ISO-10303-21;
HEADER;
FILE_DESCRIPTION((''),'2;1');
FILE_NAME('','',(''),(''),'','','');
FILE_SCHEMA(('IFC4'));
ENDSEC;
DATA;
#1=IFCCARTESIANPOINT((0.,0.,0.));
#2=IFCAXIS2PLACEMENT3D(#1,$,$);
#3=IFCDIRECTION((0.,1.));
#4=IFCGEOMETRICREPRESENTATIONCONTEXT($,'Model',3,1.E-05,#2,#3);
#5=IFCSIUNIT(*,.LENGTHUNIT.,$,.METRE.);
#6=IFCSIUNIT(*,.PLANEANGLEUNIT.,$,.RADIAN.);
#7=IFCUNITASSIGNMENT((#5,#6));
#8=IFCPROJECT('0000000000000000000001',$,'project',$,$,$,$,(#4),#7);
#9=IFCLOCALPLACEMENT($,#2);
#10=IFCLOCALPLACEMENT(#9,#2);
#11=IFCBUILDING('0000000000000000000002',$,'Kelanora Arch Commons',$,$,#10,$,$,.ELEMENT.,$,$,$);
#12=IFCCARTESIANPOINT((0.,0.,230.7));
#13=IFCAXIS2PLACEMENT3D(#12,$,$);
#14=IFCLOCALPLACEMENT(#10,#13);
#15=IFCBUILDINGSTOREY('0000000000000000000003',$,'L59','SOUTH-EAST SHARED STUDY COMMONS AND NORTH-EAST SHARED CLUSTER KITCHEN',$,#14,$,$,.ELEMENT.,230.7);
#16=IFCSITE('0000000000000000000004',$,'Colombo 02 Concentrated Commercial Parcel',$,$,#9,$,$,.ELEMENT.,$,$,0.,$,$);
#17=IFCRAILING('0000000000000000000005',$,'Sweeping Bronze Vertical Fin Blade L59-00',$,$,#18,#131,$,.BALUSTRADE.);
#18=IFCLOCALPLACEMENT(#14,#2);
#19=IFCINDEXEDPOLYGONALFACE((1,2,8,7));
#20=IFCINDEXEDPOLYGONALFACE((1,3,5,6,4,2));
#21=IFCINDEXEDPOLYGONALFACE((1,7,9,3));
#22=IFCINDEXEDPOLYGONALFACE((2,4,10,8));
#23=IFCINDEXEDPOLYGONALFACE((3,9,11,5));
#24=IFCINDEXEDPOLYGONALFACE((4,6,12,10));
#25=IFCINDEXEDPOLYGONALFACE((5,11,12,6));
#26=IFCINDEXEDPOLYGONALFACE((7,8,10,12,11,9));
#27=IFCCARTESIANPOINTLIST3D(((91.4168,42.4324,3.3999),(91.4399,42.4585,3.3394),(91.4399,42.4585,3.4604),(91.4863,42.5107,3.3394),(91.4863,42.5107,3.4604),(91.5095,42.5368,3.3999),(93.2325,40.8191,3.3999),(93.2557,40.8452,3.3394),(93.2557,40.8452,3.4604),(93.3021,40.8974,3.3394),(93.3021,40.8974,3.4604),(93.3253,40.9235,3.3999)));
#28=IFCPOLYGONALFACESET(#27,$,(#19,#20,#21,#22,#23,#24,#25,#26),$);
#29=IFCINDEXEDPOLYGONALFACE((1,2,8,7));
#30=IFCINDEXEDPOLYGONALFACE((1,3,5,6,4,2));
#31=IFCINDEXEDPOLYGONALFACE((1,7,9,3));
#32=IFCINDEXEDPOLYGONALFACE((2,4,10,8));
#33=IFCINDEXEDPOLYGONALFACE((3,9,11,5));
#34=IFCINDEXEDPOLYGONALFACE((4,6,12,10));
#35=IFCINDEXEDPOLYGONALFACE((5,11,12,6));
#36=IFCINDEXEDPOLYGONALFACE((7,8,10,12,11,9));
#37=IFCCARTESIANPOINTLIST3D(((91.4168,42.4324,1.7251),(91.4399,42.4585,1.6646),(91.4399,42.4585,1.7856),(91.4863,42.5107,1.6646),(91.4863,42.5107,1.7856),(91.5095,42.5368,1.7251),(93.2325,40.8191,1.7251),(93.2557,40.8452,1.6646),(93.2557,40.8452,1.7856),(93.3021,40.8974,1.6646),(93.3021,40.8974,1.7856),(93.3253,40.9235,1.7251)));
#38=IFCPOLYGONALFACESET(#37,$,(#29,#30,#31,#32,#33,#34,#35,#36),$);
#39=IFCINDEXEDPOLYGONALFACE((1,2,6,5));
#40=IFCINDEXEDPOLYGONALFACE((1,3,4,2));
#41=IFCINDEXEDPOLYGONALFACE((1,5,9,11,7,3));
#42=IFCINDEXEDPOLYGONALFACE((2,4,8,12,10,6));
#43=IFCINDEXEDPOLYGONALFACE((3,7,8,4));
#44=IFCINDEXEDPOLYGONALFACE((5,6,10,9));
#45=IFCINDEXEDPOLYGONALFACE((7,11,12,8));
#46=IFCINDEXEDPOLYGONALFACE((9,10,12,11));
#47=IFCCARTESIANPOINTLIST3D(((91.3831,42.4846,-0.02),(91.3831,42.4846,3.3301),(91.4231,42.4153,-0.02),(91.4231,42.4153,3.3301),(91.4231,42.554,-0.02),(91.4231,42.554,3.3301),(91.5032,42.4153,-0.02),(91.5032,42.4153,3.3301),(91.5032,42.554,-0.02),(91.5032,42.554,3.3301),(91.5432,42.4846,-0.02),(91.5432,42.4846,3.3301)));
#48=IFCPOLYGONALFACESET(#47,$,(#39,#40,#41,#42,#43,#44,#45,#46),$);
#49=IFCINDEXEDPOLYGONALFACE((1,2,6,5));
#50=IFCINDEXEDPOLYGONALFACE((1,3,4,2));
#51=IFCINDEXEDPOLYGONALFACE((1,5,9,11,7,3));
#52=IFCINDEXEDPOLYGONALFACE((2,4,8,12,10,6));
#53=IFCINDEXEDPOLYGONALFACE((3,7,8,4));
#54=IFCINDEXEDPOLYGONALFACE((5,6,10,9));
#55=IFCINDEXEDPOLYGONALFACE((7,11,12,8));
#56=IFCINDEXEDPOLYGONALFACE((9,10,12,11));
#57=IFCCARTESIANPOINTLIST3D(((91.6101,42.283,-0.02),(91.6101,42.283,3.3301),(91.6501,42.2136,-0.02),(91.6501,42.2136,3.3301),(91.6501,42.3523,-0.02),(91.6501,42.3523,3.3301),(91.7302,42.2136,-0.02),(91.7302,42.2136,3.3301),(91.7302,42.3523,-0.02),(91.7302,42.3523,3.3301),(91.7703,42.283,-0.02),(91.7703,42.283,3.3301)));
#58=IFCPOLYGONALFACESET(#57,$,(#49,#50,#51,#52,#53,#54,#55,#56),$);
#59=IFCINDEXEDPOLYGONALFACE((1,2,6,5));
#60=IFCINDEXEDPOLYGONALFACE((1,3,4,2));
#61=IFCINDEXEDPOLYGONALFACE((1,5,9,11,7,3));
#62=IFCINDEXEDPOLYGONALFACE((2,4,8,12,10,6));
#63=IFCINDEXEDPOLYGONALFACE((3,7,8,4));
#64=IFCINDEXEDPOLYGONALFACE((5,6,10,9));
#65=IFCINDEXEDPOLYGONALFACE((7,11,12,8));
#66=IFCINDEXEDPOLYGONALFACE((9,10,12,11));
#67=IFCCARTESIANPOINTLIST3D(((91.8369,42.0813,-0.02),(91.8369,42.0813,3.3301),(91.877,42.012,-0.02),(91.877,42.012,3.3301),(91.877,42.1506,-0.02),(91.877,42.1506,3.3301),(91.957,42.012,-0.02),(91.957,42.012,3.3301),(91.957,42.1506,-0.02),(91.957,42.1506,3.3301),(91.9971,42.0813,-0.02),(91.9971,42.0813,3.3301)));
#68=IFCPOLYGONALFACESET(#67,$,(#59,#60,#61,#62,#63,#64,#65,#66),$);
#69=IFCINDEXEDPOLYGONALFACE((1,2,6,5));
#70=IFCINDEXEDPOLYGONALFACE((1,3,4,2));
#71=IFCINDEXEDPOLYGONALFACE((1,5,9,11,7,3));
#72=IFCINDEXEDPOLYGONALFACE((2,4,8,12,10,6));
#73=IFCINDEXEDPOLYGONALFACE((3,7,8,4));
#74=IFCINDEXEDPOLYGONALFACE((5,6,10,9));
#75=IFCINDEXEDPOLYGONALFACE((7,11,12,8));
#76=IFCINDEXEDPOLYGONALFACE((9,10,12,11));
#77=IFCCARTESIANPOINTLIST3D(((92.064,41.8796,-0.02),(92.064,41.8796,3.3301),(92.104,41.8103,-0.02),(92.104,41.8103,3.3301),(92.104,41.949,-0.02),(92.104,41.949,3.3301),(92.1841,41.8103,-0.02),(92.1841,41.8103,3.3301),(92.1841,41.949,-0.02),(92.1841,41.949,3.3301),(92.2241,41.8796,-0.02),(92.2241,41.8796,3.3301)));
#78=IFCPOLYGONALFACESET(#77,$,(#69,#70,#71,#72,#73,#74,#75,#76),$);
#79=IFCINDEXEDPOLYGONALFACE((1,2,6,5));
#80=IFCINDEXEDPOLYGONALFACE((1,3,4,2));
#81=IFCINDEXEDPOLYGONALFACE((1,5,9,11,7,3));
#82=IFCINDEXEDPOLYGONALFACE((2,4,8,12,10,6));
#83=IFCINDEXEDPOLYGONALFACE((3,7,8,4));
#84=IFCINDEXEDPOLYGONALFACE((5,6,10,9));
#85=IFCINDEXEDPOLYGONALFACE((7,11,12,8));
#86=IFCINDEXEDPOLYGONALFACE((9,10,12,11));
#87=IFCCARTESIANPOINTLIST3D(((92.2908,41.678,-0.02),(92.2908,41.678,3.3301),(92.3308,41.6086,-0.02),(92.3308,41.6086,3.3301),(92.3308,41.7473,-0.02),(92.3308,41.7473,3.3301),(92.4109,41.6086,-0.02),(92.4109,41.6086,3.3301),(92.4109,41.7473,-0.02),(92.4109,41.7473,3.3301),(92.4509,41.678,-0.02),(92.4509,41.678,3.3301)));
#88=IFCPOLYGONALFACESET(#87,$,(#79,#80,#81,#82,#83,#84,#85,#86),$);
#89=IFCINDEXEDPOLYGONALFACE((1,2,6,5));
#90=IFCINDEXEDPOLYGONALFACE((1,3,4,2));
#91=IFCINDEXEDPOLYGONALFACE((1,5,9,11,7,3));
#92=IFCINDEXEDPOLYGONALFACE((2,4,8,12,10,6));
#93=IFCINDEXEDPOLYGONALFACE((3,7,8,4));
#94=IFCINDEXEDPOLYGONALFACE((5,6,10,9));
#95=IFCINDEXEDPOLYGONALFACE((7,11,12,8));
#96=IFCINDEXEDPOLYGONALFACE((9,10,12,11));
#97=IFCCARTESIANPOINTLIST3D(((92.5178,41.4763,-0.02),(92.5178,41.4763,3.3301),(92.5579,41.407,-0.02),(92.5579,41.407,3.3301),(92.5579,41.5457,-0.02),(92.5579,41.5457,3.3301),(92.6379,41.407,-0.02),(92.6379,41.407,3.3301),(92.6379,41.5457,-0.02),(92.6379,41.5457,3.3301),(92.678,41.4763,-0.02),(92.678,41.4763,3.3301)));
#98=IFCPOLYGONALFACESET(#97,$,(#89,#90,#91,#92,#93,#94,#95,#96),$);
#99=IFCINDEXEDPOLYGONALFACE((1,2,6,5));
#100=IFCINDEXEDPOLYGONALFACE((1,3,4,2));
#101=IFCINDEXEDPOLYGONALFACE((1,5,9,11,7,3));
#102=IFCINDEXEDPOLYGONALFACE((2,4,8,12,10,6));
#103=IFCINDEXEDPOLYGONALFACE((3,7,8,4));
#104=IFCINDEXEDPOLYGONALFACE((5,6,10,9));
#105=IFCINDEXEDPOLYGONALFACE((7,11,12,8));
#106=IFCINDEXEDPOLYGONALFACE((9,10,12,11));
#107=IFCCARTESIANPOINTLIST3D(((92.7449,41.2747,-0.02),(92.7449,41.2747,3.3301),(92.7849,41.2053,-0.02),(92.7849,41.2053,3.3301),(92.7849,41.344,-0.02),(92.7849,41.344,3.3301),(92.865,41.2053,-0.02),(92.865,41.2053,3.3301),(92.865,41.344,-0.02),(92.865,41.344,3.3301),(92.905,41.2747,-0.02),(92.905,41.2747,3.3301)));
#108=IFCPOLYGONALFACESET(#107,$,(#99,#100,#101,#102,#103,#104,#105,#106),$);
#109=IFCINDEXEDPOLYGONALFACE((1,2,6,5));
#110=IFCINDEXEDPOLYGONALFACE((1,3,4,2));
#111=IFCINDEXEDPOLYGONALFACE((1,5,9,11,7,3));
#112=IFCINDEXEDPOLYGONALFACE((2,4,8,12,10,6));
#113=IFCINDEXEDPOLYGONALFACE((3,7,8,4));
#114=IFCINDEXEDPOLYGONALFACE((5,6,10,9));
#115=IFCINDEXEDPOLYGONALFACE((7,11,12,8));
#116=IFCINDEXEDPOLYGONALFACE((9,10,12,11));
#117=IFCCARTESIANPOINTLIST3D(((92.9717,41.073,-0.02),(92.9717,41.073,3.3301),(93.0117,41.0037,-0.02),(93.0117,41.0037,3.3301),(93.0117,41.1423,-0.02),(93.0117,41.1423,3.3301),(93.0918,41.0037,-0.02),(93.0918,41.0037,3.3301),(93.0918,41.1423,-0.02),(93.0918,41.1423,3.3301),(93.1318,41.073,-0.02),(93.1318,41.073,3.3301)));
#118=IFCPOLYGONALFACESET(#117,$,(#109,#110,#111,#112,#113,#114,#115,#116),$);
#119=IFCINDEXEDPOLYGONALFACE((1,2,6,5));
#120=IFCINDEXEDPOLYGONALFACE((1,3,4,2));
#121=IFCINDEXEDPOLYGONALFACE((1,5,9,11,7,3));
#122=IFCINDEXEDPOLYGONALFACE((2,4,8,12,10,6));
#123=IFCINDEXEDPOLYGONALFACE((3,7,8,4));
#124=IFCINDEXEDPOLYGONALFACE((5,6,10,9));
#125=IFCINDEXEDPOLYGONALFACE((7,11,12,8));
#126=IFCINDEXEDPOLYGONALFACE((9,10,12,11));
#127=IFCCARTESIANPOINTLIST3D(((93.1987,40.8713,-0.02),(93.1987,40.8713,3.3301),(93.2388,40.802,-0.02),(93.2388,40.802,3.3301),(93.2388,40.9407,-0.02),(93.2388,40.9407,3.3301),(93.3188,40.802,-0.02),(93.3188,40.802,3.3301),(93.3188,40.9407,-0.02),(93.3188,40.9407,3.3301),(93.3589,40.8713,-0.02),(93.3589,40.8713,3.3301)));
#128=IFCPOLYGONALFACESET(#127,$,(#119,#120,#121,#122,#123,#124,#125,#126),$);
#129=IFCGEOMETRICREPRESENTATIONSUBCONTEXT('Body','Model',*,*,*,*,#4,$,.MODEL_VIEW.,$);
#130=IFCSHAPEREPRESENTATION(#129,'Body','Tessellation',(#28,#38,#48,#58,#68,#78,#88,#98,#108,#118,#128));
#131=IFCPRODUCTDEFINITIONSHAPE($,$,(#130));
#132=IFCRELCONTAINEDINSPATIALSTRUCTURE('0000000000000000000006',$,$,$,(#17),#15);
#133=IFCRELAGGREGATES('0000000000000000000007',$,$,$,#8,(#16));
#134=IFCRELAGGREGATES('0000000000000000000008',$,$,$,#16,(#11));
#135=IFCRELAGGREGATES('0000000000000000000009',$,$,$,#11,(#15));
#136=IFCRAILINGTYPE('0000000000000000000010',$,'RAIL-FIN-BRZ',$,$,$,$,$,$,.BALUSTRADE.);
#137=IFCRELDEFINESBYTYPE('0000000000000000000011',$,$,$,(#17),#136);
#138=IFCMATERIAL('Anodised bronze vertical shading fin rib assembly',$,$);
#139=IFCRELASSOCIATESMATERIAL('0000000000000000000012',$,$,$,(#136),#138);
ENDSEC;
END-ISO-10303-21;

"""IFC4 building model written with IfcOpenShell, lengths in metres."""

from ifc_helpers import new_model, si_unit, direction, frame, origin, place, context, subcontext, project, spatial, polyline, outline, extrude, material, type_object, element, save


model = new_model("IFC4")

# Units and contexts
model_context = context("Model", 3, precision=1e-05, world=origin(), true_north=direction((0.0, 1.0)))
body_context = subcontext(model_context, "Body", "Model", "MODEL_VIEW")
ifc_project = project(units=[si_unit("LENGTHUNIT", "METRE"), si_unit("PLANEANGLEUNIT", "RADIAN")], contexts=[model_context])

# Site, building, storey
site_placement = place(None, origin())
site = spatial("IfcSite", under=ifc_project, at=site_placement, Name="Colombo 02 Concentrated Commercial Parcel", CompositionType="ELEMENT", RefElevation=0.0)
building_placement = place(site_placement, origin())
building = spatial("IfcBuilding", under=site, at=building_placement, Name="Kelanora Arch Commons", CompositionType="ELEMENT")
storey_placement = place(building_placement, frame((0.0, 0.0, 230.7)))
storey = spatial("IfcBuildingStorey", under=building, at=storey_placement, Name="L59", Description="SOUTH-EAST SHARED STUDY COMMONS AND NORTH-EAST SHARED CLUSTER KITCHEN", CompositionType="ELEMENT", Elevation=230.7)

# Railing
ifc_material_1 = material(Name="Anodised bronze vertical shading fin rib assembly")
railing_type = type_object("IfcRailingType", Name="RAIL-FIN-BRZ", PredefinedType="BALUSTRADE", material=ifc_material_1)
railing_1_placement = place(storey_placement, frame((91.4631, 42.4846, -0.02)))
element("IfcRailing", 1, at=railing_1_placement, inside=storey, type_object=railing_type, Name="Sweeping Bronze Vertical Fin Blade L59-00", PredefinedType="BALUSTRADE", context=body_context, shape_type="SweptSolid", body=[
    extrude(outline(polyline([(0.0698, 0.0), (0.0349, 0.0605), (-0.0349, 0.0605), (-0.0698, 0.0), (-0.0349, -0.0605), (0.0349, -0.0605), (0.0698, 0.0)])), frame((0.0, 0.0, 3.4199), z_axis=(0.747542, -0.664214, 0.0), x_axis=(0.664214, 0.747542, 0.0)), (0.0, 0.0, 1.0), 2.429),
    extrude(outline(polyline([(0.0698, 0.0), (0.0349, 0.0605), (-0.0349, 0.0605), (-0.0698, 0.0), (-0.0349, -0.0605), (0.0349, -0.0605), (0.0698, 0.0)])), frame((0.0, 0.0, 1.7451), z_axis=(0.747542, -0.664214, 0.0), x_axis=(0.664214, 0.747542, 0.0)), (0.0, 0.0, 1.0), 2.429),
    extrude(outline(polyline([(0.0801, 0.0), (0.04, 0.0693), (-0.04, 0.0693), (-0.0801, 0.0), (-0.04, -0.0693), (0.04, -0.0693), (0.0801, 0.0)])), origin(), (0.0, 0.0, 1.0), 3.3501),
    extrude(outline(polyline([(0.0801, 0.0), (0.04, 0.0693), (-0.04, 0.0693), (-0.0801, 0.0), (-0.04, -0.0693), (0.04, -0.0693), (0.0801, 0.0)])), frame((0.2271, -0.2017, 0.0)), (0.0, 0.0, 1.0), 3.3501),
    extrude(outline(polyline([(0.0801, 0.0), (0.04, 0.0693), (-0.04, 0.0693), (-0.0801, 0.0), (-0.04, -0.0693), (0.04, -0.0693), (0.0801, 0.0)])), frame((0.4539, -0.4033, 0.0)), (0.0, 0.0, 1.0), 3.3501),
    extrude(outline(polyline([(0.0801, 0.0), (0.04, 0.0693), (-0.04, 0.0693), (-0.0801, 0.0), (-0.04, -0.0693), (0.04, -0.0693), (0.0801, 0.0)])), frame((0.6809, -0.605, 0.0)), (0.0, 0.0, 1.0), 3.3501),
    extrude(outline(polyline([(0.0801, 0.0), (0.04, 0.0693), (-0.04, 0.0693), (-0.0801, 0.0), (-0.04, -0.0693), (0.04, -0.0693), (0.0801, 0.0)])), frame((0.9077, -0.8066, 0.0)), (0.0, 0.0, 1.0), 3.3501),
    extrude(outline(polyline([(0.0801, 0.0), (0.04, 0.0693), (-0.04, 0.0693), (-0.0801, 0.0), (-0.04, -0.0693), (0.04, -0.0693), (0.0801, 0.0)])), frame((1.1348, -1.0083, 0.0)), (0.0, 0.0, 1.0), 3.3501),
    extrude(outline(polyline([(0.0801, 0.0), (0.04, 0.0693), (-0.04, 0.0693), (-0.0801, 0.0), (-0.04, -0.0693), (0.04, -0.0693), (0.0801, 0.0)])), frame((1.3618, -1.21, 0.0)), (0.0, 0.0, 1.0), 3.3501),
    extrude(outline(polyline([(0.0801, 0.0), (0.04, 0.0693), (-0.04, 0.0693), (-0.0801, 0.0), (-0.04, -0.0693), (0.04, -0.0693), (0.0801, 0.0)])), frame((1.5886, -1.4116, 0.0)), (0.0, 0.0, 1.0), 3.3501),
    extrude(outline(polyline([(0.0801, 0.0), (0.04, 0.0693), (-0.04, 0.0693), (-0.0801, 0.0), (-0.04, -0.0693), (0.04, -0.0693), (0.0801, 0.0)])), frame((1.8157, -1.6133, 0.0)), (0.0, 0.0, 1.0), 3.3501),
])

save(model, "model.ifc")
